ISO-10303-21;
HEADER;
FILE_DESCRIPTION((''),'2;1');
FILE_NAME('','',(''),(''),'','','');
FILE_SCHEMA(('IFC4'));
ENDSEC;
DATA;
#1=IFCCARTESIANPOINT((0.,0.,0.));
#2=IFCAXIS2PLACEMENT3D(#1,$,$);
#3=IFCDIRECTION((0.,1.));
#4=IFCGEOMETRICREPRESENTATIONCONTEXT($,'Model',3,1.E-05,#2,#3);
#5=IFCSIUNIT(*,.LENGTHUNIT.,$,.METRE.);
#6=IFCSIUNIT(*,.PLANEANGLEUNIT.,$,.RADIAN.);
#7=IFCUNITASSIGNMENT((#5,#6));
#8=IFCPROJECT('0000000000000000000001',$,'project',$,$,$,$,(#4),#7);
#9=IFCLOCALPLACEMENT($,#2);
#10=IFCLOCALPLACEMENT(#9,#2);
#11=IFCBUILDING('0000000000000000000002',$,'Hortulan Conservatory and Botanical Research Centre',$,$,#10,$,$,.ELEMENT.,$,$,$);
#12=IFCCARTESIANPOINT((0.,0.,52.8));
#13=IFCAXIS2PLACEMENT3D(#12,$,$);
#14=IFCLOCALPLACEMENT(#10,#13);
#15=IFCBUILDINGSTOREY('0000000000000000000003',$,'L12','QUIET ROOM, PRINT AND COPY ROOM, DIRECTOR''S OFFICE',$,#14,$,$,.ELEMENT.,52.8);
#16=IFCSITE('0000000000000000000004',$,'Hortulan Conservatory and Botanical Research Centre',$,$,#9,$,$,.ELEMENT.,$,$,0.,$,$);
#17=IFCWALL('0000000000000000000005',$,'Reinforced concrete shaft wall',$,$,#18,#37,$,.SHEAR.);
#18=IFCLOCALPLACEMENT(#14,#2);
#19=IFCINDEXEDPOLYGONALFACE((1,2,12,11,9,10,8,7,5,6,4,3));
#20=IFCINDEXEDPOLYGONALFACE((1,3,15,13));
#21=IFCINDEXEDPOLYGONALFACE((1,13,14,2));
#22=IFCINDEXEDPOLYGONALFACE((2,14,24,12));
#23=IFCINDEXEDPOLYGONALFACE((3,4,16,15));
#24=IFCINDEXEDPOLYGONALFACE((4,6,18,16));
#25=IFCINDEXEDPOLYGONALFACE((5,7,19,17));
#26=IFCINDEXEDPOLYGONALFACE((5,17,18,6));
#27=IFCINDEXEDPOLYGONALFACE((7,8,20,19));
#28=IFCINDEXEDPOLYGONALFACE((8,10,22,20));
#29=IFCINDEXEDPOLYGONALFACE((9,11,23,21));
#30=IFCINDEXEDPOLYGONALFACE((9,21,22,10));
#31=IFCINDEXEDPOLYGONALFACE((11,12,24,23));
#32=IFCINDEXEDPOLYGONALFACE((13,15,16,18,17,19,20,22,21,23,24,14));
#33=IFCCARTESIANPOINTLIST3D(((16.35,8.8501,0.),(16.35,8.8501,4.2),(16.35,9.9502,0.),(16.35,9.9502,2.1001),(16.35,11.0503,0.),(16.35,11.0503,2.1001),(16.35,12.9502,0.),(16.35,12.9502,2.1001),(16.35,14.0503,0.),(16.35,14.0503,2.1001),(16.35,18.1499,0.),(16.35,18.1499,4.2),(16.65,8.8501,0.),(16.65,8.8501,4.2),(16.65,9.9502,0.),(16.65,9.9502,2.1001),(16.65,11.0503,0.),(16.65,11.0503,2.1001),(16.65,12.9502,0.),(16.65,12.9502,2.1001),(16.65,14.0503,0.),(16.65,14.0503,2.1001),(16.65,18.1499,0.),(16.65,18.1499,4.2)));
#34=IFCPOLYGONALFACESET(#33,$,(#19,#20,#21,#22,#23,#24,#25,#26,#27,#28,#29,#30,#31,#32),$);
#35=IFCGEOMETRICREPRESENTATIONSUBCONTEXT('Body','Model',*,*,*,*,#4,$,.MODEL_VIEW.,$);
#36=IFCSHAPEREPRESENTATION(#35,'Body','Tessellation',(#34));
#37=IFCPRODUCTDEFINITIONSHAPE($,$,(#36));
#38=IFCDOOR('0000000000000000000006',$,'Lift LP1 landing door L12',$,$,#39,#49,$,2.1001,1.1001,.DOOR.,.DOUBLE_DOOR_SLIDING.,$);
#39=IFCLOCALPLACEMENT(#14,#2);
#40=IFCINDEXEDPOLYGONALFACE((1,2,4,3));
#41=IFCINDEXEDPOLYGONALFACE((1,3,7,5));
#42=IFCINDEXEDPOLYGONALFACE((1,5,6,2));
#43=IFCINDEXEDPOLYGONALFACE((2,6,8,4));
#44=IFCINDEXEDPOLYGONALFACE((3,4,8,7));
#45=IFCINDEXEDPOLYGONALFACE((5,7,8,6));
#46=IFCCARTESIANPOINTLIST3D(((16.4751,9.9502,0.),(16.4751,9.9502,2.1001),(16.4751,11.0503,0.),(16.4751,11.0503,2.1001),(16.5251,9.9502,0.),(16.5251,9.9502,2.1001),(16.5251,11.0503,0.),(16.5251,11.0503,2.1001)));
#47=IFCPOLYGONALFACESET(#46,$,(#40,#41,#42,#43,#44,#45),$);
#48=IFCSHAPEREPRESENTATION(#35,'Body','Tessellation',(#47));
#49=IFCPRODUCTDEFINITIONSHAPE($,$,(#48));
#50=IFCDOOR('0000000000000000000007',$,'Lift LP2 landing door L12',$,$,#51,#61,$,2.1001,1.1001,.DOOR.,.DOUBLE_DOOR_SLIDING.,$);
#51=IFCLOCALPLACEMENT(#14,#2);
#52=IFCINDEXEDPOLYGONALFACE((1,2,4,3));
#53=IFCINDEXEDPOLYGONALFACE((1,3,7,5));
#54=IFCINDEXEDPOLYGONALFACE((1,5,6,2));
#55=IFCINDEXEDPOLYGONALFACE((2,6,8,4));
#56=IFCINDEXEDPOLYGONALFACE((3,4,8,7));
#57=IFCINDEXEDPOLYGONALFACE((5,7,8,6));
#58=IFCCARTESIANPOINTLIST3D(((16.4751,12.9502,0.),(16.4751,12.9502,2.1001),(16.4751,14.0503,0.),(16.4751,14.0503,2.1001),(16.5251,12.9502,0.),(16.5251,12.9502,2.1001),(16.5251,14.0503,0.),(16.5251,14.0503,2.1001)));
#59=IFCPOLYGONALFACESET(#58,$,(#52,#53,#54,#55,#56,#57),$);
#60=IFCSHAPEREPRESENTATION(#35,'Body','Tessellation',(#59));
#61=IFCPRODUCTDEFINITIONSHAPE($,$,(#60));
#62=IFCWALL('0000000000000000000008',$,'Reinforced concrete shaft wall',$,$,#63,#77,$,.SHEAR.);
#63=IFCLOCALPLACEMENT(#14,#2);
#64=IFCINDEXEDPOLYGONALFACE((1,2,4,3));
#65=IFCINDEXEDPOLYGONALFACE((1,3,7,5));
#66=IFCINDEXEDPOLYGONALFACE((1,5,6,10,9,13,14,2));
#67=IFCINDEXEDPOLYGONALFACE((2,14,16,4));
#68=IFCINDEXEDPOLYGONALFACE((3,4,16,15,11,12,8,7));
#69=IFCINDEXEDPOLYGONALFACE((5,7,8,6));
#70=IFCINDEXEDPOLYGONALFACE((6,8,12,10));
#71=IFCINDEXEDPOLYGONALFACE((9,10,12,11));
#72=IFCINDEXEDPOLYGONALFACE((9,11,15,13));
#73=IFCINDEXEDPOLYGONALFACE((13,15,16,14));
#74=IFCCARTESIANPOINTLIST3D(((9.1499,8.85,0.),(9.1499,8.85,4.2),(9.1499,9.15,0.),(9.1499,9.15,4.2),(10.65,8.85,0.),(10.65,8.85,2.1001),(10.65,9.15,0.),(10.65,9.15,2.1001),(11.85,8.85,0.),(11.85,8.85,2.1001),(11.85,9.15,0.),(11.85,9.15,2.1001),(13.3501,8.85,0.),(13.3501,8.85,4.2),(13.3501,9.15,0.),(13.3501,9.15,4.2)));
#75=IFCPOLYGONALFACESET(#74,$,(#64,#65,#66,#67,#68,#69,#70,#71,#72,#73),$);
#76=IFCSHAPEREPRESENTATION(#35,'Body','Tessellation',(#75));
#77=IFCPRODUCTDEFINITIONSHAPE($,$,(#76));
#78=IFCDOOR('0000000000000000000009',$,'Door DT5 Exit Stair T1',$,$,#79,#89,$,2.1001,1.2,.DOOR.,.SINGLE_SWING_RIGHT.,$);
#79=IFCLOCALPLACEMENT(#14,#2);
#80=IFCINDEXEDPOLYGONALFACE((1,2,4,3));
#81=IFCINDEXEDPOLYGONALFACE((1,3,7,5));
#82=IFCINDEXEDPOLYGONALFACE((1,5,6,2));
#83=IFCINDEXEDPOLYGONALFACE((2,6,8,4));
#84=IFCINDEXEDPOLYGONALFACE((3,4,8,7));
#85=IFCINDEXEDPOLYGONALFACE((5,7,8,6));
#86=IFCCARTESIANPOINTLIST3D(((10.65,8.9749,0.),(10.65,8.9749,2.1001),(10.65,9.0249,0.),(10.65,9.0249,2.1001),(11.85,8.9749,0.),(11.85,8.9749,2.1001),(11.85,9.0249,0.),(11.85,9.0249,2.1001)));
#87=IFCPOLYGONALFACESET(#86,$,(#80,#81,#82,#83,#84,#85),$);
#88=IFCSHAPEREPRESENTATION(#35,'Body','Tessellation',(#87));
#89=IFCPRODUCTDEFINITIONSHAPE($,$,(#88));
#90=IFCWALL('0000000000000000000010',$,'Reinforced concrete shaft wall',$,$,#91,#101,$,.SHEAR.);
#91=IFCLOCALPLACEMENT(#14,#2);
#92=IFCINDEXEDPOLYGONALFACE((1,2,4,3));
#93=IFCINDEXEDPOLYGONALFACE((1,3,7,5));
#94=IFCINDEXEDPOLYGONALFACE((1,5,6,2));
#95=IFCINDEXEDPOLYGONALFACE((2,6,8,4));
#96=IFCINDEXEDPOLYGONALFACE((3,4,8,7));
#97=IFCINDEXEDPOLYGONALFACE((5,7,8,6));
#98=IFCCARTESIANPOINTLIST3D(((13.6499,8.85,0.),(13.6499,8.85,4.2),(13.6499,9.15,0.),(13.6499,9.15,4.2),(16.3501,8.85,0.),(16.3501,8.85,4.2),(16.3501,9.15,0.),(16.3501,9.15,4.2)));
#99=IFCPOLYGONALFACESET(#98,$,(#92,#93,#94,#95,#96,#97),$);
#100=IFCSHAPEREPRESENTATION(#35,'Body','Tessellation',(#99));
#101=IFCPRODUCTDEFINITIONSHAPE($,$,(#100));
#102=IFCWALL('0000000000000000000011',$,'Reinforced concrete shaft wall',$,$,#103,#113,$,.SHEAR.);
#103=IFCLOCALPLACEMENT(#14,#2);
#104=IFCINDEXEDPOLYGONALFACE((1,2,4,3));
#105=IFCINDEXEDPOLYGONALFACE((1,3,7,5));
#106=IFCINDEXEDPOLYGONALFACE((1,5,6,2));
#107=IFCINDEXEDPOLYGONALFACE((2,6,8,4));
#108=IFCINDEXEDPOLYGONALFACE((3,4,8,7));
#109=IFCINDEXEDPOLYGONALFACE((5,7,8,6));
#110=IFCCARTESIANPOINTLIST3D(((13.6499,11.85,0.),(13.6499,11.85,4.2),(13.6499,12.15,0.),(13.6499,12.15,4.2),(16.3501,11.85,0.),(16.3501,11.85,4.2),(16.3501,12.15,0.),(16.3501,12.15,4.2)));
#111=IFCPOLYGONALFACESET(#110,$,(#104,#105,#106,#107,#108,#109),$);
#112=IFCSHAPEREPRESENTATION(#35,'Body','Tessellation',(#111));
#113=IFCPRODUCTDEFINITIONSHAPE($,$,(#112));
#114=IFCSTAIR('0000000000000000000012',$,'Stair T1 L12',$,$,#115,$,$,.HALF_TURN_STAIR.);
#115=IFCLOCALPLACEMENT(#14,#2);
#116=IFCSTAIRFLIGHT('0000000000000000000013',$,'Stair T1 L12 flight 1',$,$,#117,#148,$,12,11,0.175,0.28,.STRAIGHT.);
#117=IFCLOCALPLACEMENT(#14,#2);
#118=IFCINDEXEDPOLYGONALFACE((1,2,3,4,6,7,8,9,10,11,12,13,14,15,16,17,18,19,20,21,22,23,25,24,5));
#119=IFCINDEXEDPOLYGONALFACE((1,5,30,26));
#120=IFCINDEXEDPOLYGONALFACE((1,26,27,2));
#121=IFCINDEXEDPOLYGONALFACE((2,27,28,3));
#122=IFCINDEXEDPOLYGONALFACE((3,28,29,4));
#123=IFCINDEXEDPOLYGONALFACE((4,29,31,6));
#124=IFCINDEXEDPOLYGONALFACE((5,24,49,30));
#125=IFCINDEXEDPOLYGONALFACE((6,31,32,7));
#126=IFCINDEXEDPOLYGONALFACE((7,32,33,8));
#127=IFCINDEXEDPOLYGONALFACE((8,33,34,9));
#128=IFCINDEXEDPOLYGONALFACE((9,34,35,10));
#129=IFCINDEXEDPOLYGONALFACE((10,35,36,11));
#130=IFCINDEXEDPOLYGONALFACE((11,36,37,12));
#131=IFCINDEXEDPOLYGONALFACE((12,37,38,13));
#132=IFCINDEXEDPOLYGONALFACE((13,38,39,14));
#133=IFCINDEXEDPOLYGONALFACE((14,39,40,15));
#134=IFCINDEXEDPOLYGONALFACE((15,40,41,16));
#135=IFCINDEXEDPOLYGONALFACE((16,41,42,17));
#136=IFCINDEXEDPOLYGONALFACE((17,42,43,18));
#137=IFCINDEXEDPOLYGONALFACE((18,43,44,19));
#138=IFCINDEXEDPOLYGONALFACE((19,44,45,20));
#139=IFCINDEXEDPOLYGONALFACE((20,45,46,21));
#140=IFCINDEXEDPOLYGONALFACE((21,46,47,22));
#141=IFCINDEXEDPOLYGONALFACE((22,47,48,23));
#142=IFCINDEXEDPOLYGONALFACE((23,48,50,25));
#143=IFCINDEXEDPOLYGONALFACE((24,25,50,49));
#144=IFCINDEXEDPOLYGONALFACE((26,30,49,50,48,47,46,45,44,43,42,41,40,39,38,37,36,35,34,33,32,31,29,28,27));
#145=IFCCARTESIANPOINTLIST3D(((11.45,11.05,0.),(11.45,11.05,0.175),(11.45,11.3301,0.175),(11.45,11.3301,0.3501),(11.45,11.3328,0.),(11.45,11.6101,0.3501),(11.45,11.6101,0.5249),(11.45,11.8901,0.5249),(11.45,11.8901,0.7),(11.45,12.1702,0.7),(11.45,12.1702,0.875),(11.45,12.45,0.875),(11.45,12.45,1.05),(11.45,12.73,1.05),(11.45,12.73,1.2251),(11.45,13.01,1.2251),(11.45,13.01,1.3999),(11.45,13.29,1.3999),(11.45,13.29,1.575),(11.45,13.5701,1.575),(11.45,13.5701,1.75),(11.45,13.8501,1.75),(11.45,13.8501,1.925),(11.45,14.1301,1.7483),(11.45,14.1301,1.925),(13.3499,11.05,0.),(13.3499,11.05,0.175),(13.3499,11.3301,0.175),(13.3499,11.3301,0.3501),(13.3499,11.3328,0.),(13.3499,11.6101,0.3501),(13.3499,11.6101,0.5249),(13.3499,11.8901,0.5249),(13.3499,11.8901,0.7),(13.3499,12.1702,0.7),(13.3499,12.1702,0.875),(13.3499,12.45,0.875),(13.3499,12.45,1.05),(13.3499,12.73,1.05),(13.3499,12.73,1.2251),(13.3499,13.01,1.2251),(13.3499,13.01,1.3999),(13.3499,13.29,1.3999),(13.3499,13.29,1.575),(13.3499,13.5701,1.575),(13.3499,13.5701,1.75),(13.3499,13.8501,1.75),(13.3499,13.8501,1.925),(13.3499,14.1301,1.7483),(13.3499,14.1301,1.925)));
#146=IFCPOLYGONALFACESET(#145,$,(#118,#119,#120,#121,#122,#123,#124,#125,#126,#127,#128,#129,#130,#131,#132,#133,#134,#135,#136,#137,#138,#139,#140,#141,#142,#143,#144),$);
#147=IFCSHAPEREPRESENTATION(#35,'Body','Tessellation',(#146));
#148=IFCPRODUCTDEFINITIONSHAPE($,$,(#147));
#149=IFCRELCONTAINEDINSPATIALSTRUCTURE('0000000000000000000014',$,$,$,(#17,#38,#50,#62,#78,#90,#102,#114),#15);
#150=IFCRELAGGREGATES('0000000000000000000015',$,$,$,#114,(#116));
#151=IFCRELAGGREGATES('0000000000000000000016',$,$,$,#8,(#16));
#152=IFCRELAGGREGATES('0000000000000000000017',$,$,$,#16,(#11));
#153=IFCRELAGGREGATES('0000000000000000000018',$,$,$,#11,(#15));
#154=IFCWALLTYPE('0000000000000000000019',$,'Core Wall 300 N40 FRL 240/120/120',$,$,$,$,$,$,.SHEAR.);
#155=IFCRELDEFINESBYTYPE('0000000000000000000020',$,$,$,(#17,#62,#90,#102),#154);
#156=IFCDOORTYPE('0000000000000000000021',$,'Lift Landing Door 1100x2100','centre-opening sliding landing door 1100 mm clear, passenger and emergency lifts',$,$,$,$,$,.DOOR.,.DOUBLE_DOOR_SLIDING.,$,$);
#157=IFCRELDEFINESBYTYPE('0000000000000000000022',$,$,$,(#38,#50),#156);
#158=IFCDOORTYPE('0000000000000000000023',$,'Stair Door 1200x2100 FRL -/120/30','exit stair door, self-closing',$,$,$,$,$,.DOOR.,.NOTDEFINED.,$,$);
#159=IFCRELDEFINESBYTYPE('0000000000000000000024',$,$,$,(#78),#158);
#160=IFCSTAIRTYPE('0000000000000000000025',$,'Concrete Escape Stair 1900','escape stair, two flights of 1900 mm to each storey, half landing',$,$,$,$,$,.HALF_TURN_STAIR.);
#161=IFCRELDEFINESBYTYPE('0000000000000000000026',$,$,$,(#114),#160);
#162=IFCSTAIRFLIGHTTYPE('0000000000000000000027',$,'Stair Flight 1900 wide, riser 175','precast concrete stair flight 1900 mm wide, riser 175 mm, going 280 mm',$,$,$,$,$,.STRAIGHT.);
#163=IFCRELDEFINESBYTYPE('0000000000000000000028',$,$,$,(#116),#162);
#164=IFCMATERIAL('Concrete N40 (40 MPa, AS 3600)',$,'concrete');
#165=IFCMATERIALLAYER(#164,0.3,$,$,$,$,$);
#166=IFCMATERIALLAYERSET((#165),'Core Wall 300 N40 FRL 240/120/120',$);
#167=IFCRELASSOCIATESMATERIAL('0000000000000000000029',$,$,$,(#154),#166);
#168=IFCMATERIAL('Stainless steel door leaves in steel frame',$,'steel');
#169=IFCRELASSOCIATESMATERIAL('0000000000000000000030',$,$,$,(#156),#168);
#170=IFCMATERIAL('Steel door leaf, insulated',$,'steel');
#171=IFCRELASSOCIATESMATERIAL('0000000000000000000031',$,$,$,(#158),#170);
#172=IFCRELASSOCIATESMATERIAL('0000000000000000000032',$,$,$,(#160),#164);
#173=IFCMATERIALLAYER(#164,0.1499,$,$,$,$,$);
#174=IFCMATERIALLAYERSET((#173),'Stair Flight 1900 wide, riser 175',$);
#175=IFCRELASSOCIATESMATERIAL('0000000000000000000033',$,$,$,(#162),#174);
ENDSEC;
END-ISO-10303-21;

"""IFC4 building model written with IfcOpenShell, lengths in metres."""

from ifc_helpers import new_model, si_unit, direction, frame, frame_2d, origin, place, context, subcontext, project, spatial, polyline, rectangle, outline, extrude, material, layer, layer_set, type_object, element, fill, aggregate, save


model = new_model("IFC4")

# Units and contexts
model_context = context("Model", 3, precision=1e-05, world=origin(), true_north=direction((0.0, 1.0)))
body_context = subcontext(model_context, "Body", "Model", "MODEL_VIEW")
ifc_project = project(units=[si_unit("LENGTHUNIT", "METRE"), si_unit("PLANEANGLEUNIT", "RADIAN")], contexts=[model_context])

# Site, building, storey
site_placement = place(None, origin())
site = spatial("IfcSite", under=ifc_project, at=site_placement, Name="Hortulan Conservatory and Botanical Research Centre", CompositionType="ELEMENT", RefElevation=0.0)
building_placement = place(site_placement, origin())
building = spatial("IfcBuilding", under=site, at=building_placement, Name="Hortulan Conservatory and Botanical Research Centre", CompositionType="ELEMENT")
storey_placement = place(building_placement, frame((0.0, 0.0, 52.8)))
storey = spatial("IfcBuildingStorey", under=building, at=storey_placement, Name="L12", Description="QUIET ROOM, PRINT AND COPY ROOM, DIRECTOR'S OFFICE", CompositionType="ELEMENT", Elevation=52.8)

# Wall, openings, doors
ifc_material_1 = material(Name="Concrete N40 (40 MPa, AS 3600)", Category="concrete")
ifc_layer_1 = layer(ifc_material_1, 0.3)
ifc_layer_set_1 = layer_set([ifc_layer_1], Name="Core Wall 300 N40 FRL 240/120/120")
wall_type = type_object("IfcWallType", Name="Core Wall 300 N40 FRL 240/120/120", PredefinedType="SHEAR", material=ifc_layer_set_1)
wall_1_placement = place(storey_placement, frame((16.5, 8.8501, 0.0), z_axis=(0.0, 0.0, 1.0), x_axis=(0.0, 1.0, 0.0)))
wall_1 = element("IfcWall", 1, at=wall_1_placement, inside=storey, type_object=wall_type, Name="Reinforced concrete shaft wall", PredefinedType="SHEAR", context=body_context, shape_type="SweptSolid", body=[
    extrude(rectangle(XDim=9.2998, YDim=0.3, at=frame_2d((4.6499, 0.0))), origin(), (0.0, 0.0, 1.0), 4.2),
])
opening_1_placement = place(wall_1_placement, frame((1.1001, 0.0, 0.0)))
opening_1 = element("IfcOpeningElement", 2, at=opening_1_placement, cuts=wall_1, PredefinedType="OPENING", context=body_context, shape_type="SweptSolid", body=[
    extrude(rectangle(XDim=1.1001, YDim=2.1001, at=frame_2d((0.55, 1.05))), frame((0.0, 0.1599, 0.0), z_axis=(0.0, -1.0, 0.0), x_axis=(1.0, 0.0, 0.0)), (0.0, 0.0, 1.0), 0.3201),
])
opening_2_placement = place(wall_1_placement, frame((4.1001, 0.0, 0.0)))
opening_2 = element("IfcOpeningElement", 3, at=opening_2_placement, cuts=wall_1, PredefinedType="OPENING", context=body_context, shape_type="SweptSolid", body=[
    extrude(rectangle(XDim=1.1001, YDim=2.1001, at=frame_2d((0.55, 1.05))), frame((0.0, 0.1599, 0.0), z_axis=(0.0, -1.0, 0.0), x_axis=(1.0, 0.0, 0.0)), (0.0, 0.0, 1.0), 0.3201),
])
ifc_material_2 = material(Name="Stainless steel door leaves in steel frame", Category="steel")
door_type_1 = type_object("IfcDoorType", Name="Lift Landing Door 1100x2100", Description="centre-opening sliding landing door 1100 mm clear, passenger and emergency lifts", OperationType="DOUBLE_DOOR_SLIDING", PredefinedType="DOOR", material=ifc_material_2)
door_1_placement = place(opening_1_placement, origin())
door_1 = element("IfcDoor", 4, at=door_1_placement, inside=storey, type_object=door_type_1, Name="Lift LP1 landing door L12", OperationType="DOUBLE_DOOR_SLIDING", OverallHeight=2.1001, OverallWidth=1.1001, PredefinedType="DOOR", context=body_context, shape_type="SweptSolid", body=[
    extrude(rectangle(XDim=1.1001, YDim=2.1001, at=frame_2d((0.55, 1.05))), frame((0.0, 0.0249, 0.0), z_axis=(0.0, -1.0, 0.0), x_axis=(1.0, 0.0, 0.0)), (0.0, 0.0, 1.0), 0.05),
])
fill(opening_1, door_1)
door_2_placement = place(opening_2_placement, origin())
door_2 = element("IfcDoor", 5, at=door_2_placement, inside=storey, type_object=door_type_1, Name="Lift LP2 landing door L12", OperationType="DOUBLE_DOOR_SLIDING", OverallHeight=2.1001, OverallWidth=1.1001, PredefinedType="DOOR", context=body_context, shape_type="SweptSolid", body=[
    extrude(rectangle(XDim=1.1001, YDim=2.1001, at=frame_2d((0.55, 1.05))), frame((0.0, 0.0249, 0.0), z_axis=(0.0, -1.0, 0.0), x_axis=(1.0, 0.0, 0.0)), (0.0, 0.0, 1.0), 0.05),
])
fill(opening_2, door_2)

# Wall, opening, door
wall_2_placement = place(storey_placement, frame((9.1499, 9.0, 0.0), z_axis=(0.0, 0.0, 1.0), x_axis=(1.0, 0.0, 0.0)))
wall_2 = element("IfcWall", 6, at=wall_2_placement, inside=storey, type_object=wall_type, Name="Reinforced concrete shaft wall", PredefinedType="SHEAR", context=body_context, shape_type="SweptSolid", body=[
    extrude(rectangle(XDim=4.2002, YDim=0.3, at=frame_2d((2.1001, 0.0))), origin(), (0.0, 0.0, 1.0), 4.2),
])
opening_3_placement = place(wall_2_placement, frame((1.5, 0.0, 0.0)))
opening_3 = element("IfcOpeningElement", 7, at=opening_3_placement, cuts=wall_2, PredefinedType="OPENING", context=body_context, shape_type="SweptSolid", body=[
    extrude(rectangle(XDim=1.2, YDim=2.1001, at=frame_2d((0.6001, 1.05))), frame((0.0, 0.1599, 0.0), z_axis=(0.0, -1.0, 0.0), x_axis=(1.0, 0.0, 0.0)), (0.0, 0.0, 1.0), 0.3201),
])
ifc_material_3 = material(Name="Steel door leaf, insulated", Category="steel")
door_type_2 = type_object("IfcDoorType", Name="Stair Door 1200x2100 FRL -/120/30", Description="exit stair door, self-closing", OperationType="NOTDEFINED", PredefinedType="DOOR", material=ifc_material_3)
door_3_placement = place(opening_3_placement, origin())
door_3 = element("IfcDoor", 8, at=door_3_placement, inside=storey, type_object=door_type_2, Name="Door DT5 Exit Stair T1", OperationType="SINGLE_SWING_RIGHT", OverallHeight=2.1001, OverallWidth=1.2, PredefinedType="DOOR", context=body_context, shape_type="SweptSolid", body=[
    extrude(rectangle(XDim=1.2, YDim=2.1001, at=frame_2d((0.6001, 1.05))), frame((0.0, 0.0249, 0.0), z_axis=(0.0, -1.0, 0.0), x_axis=(1.0, 0.0, 0.0)), (0.0, 0.0, 1.0), 0.05),
])
fill(opening_3, door_3)

# Walls
for number, where, z_axis, x_axis, name in (
    (9, (13.6499, 9.0, 0.0), (0.0, 0.0, 1.0), (1.0, 0.0, 0.0), "Reinforced concrete shaft wall"),
    (10, (13.6499, 12.0, 0.0), (0.0, 0.0, 1.0), (1.0, 0.0, 0.0), "Reinforced concrete shaft wall"),
):
    element("IfcWall", number, at=place(storey_placement, frame(where, z_axis=z_axis, x_axis=x_axis)), inside=storey, type_object=wall_type, Name=name, PredefinedType="SHEAR", context=body_context, shape_type="SweptSolid", body=[
        extrude(rectangle(XDim=2.7002, YDim=0.3, at=frame_2d((1.3501, 0.0))), origin(), (0.0, 0.0, 1.0), 4.2),
    ])

# Stair, stair flight
stair_type = type_object("IfcStairType", Name="Concrete Escape Stair 1900", Description="escape stair, two flights of 1900 mm to each storey, half landing", PredefinedType="HALF_TURN_STAIR", material=ifc_material_1)
stair_placement = place(storey_placement, origin())
stair = element("IfcStair", 11, at=stair_placement, inside=storey, type_object=stair_type, Name="Stair T1 L12", PredefinedType="HALF_TURN_STAIR")
ifc_layer_2 = layer(ifc_material_1, 0.1499)
ifc_layer_set_2 = layer_set([ifc_layer_2], Name="Stair Flight 1900 wide, riser 175")
stair_flight_type = type_object("IfcStairFlightType", Name="Stair Flight 1900 wide, riser 175", Description="precast concrete stair flight 1900 mm wide, riser 175 mm, going 280 mm", PredefinedType="STRAIGHT", material=ifc_layer_set_2)
stair_flight_1_placement = place(storey_placement, frame((12.3999, 11.05, 0.0), z_axis=(0.0, 0.0, 1.0), x_axis=(0.0, 1.0, 0.0)))
stair_flight_1 = element("IfcStairFlight", 12, at=stair_flight_1_placement, type_object=stair_flight_type, Name="Stair T1 L12 flight 1", NumberOfRisers=12, NumberOfTreads=11, PredefinedType="STRAIGHT", RiserHeight=0.175, TreadLength=0.28, context=body_context, shape_type="SweptSolid", body=[
    extrude(outline(polyline([(0.0, 0.0), (0.0, 0.175), (0.28, 0.175), (0.28, 0.3501), (0.5601, 0.3501), (0.5601, 0.5249), (0.8401, 0.5249), (0.8401, 0.7), (1.1201, 0.7), (1.1201, 0.875), (1.3999, 0.875), (1.3999, 1.05), (1.6799, 1.05), (1.6799, 1.2251), (1.96, 1.2251), (1.96, 1.3999), (2.24, 1.3999), (2.24, 1.575), (2.52, 1.575), (2.52, 1.75), (2.8, 1.75), (2.8, 1.925), (3.0801, 1.925), (3.0801, 2.1001), (3.0801, 1.7483), (0.2827, 0.0), (0.0, 0.0)])), frame((0.0, 0.95, 0.0), z_axis=(0.0, -1.0, 0.0), x_axis=(1.0, 0.0, 0.0)), (0.0, 0.0, 1.0), 1.8999),
])
aggregate(stair, [stair_flight_1])

save(model, "model.ifc")
